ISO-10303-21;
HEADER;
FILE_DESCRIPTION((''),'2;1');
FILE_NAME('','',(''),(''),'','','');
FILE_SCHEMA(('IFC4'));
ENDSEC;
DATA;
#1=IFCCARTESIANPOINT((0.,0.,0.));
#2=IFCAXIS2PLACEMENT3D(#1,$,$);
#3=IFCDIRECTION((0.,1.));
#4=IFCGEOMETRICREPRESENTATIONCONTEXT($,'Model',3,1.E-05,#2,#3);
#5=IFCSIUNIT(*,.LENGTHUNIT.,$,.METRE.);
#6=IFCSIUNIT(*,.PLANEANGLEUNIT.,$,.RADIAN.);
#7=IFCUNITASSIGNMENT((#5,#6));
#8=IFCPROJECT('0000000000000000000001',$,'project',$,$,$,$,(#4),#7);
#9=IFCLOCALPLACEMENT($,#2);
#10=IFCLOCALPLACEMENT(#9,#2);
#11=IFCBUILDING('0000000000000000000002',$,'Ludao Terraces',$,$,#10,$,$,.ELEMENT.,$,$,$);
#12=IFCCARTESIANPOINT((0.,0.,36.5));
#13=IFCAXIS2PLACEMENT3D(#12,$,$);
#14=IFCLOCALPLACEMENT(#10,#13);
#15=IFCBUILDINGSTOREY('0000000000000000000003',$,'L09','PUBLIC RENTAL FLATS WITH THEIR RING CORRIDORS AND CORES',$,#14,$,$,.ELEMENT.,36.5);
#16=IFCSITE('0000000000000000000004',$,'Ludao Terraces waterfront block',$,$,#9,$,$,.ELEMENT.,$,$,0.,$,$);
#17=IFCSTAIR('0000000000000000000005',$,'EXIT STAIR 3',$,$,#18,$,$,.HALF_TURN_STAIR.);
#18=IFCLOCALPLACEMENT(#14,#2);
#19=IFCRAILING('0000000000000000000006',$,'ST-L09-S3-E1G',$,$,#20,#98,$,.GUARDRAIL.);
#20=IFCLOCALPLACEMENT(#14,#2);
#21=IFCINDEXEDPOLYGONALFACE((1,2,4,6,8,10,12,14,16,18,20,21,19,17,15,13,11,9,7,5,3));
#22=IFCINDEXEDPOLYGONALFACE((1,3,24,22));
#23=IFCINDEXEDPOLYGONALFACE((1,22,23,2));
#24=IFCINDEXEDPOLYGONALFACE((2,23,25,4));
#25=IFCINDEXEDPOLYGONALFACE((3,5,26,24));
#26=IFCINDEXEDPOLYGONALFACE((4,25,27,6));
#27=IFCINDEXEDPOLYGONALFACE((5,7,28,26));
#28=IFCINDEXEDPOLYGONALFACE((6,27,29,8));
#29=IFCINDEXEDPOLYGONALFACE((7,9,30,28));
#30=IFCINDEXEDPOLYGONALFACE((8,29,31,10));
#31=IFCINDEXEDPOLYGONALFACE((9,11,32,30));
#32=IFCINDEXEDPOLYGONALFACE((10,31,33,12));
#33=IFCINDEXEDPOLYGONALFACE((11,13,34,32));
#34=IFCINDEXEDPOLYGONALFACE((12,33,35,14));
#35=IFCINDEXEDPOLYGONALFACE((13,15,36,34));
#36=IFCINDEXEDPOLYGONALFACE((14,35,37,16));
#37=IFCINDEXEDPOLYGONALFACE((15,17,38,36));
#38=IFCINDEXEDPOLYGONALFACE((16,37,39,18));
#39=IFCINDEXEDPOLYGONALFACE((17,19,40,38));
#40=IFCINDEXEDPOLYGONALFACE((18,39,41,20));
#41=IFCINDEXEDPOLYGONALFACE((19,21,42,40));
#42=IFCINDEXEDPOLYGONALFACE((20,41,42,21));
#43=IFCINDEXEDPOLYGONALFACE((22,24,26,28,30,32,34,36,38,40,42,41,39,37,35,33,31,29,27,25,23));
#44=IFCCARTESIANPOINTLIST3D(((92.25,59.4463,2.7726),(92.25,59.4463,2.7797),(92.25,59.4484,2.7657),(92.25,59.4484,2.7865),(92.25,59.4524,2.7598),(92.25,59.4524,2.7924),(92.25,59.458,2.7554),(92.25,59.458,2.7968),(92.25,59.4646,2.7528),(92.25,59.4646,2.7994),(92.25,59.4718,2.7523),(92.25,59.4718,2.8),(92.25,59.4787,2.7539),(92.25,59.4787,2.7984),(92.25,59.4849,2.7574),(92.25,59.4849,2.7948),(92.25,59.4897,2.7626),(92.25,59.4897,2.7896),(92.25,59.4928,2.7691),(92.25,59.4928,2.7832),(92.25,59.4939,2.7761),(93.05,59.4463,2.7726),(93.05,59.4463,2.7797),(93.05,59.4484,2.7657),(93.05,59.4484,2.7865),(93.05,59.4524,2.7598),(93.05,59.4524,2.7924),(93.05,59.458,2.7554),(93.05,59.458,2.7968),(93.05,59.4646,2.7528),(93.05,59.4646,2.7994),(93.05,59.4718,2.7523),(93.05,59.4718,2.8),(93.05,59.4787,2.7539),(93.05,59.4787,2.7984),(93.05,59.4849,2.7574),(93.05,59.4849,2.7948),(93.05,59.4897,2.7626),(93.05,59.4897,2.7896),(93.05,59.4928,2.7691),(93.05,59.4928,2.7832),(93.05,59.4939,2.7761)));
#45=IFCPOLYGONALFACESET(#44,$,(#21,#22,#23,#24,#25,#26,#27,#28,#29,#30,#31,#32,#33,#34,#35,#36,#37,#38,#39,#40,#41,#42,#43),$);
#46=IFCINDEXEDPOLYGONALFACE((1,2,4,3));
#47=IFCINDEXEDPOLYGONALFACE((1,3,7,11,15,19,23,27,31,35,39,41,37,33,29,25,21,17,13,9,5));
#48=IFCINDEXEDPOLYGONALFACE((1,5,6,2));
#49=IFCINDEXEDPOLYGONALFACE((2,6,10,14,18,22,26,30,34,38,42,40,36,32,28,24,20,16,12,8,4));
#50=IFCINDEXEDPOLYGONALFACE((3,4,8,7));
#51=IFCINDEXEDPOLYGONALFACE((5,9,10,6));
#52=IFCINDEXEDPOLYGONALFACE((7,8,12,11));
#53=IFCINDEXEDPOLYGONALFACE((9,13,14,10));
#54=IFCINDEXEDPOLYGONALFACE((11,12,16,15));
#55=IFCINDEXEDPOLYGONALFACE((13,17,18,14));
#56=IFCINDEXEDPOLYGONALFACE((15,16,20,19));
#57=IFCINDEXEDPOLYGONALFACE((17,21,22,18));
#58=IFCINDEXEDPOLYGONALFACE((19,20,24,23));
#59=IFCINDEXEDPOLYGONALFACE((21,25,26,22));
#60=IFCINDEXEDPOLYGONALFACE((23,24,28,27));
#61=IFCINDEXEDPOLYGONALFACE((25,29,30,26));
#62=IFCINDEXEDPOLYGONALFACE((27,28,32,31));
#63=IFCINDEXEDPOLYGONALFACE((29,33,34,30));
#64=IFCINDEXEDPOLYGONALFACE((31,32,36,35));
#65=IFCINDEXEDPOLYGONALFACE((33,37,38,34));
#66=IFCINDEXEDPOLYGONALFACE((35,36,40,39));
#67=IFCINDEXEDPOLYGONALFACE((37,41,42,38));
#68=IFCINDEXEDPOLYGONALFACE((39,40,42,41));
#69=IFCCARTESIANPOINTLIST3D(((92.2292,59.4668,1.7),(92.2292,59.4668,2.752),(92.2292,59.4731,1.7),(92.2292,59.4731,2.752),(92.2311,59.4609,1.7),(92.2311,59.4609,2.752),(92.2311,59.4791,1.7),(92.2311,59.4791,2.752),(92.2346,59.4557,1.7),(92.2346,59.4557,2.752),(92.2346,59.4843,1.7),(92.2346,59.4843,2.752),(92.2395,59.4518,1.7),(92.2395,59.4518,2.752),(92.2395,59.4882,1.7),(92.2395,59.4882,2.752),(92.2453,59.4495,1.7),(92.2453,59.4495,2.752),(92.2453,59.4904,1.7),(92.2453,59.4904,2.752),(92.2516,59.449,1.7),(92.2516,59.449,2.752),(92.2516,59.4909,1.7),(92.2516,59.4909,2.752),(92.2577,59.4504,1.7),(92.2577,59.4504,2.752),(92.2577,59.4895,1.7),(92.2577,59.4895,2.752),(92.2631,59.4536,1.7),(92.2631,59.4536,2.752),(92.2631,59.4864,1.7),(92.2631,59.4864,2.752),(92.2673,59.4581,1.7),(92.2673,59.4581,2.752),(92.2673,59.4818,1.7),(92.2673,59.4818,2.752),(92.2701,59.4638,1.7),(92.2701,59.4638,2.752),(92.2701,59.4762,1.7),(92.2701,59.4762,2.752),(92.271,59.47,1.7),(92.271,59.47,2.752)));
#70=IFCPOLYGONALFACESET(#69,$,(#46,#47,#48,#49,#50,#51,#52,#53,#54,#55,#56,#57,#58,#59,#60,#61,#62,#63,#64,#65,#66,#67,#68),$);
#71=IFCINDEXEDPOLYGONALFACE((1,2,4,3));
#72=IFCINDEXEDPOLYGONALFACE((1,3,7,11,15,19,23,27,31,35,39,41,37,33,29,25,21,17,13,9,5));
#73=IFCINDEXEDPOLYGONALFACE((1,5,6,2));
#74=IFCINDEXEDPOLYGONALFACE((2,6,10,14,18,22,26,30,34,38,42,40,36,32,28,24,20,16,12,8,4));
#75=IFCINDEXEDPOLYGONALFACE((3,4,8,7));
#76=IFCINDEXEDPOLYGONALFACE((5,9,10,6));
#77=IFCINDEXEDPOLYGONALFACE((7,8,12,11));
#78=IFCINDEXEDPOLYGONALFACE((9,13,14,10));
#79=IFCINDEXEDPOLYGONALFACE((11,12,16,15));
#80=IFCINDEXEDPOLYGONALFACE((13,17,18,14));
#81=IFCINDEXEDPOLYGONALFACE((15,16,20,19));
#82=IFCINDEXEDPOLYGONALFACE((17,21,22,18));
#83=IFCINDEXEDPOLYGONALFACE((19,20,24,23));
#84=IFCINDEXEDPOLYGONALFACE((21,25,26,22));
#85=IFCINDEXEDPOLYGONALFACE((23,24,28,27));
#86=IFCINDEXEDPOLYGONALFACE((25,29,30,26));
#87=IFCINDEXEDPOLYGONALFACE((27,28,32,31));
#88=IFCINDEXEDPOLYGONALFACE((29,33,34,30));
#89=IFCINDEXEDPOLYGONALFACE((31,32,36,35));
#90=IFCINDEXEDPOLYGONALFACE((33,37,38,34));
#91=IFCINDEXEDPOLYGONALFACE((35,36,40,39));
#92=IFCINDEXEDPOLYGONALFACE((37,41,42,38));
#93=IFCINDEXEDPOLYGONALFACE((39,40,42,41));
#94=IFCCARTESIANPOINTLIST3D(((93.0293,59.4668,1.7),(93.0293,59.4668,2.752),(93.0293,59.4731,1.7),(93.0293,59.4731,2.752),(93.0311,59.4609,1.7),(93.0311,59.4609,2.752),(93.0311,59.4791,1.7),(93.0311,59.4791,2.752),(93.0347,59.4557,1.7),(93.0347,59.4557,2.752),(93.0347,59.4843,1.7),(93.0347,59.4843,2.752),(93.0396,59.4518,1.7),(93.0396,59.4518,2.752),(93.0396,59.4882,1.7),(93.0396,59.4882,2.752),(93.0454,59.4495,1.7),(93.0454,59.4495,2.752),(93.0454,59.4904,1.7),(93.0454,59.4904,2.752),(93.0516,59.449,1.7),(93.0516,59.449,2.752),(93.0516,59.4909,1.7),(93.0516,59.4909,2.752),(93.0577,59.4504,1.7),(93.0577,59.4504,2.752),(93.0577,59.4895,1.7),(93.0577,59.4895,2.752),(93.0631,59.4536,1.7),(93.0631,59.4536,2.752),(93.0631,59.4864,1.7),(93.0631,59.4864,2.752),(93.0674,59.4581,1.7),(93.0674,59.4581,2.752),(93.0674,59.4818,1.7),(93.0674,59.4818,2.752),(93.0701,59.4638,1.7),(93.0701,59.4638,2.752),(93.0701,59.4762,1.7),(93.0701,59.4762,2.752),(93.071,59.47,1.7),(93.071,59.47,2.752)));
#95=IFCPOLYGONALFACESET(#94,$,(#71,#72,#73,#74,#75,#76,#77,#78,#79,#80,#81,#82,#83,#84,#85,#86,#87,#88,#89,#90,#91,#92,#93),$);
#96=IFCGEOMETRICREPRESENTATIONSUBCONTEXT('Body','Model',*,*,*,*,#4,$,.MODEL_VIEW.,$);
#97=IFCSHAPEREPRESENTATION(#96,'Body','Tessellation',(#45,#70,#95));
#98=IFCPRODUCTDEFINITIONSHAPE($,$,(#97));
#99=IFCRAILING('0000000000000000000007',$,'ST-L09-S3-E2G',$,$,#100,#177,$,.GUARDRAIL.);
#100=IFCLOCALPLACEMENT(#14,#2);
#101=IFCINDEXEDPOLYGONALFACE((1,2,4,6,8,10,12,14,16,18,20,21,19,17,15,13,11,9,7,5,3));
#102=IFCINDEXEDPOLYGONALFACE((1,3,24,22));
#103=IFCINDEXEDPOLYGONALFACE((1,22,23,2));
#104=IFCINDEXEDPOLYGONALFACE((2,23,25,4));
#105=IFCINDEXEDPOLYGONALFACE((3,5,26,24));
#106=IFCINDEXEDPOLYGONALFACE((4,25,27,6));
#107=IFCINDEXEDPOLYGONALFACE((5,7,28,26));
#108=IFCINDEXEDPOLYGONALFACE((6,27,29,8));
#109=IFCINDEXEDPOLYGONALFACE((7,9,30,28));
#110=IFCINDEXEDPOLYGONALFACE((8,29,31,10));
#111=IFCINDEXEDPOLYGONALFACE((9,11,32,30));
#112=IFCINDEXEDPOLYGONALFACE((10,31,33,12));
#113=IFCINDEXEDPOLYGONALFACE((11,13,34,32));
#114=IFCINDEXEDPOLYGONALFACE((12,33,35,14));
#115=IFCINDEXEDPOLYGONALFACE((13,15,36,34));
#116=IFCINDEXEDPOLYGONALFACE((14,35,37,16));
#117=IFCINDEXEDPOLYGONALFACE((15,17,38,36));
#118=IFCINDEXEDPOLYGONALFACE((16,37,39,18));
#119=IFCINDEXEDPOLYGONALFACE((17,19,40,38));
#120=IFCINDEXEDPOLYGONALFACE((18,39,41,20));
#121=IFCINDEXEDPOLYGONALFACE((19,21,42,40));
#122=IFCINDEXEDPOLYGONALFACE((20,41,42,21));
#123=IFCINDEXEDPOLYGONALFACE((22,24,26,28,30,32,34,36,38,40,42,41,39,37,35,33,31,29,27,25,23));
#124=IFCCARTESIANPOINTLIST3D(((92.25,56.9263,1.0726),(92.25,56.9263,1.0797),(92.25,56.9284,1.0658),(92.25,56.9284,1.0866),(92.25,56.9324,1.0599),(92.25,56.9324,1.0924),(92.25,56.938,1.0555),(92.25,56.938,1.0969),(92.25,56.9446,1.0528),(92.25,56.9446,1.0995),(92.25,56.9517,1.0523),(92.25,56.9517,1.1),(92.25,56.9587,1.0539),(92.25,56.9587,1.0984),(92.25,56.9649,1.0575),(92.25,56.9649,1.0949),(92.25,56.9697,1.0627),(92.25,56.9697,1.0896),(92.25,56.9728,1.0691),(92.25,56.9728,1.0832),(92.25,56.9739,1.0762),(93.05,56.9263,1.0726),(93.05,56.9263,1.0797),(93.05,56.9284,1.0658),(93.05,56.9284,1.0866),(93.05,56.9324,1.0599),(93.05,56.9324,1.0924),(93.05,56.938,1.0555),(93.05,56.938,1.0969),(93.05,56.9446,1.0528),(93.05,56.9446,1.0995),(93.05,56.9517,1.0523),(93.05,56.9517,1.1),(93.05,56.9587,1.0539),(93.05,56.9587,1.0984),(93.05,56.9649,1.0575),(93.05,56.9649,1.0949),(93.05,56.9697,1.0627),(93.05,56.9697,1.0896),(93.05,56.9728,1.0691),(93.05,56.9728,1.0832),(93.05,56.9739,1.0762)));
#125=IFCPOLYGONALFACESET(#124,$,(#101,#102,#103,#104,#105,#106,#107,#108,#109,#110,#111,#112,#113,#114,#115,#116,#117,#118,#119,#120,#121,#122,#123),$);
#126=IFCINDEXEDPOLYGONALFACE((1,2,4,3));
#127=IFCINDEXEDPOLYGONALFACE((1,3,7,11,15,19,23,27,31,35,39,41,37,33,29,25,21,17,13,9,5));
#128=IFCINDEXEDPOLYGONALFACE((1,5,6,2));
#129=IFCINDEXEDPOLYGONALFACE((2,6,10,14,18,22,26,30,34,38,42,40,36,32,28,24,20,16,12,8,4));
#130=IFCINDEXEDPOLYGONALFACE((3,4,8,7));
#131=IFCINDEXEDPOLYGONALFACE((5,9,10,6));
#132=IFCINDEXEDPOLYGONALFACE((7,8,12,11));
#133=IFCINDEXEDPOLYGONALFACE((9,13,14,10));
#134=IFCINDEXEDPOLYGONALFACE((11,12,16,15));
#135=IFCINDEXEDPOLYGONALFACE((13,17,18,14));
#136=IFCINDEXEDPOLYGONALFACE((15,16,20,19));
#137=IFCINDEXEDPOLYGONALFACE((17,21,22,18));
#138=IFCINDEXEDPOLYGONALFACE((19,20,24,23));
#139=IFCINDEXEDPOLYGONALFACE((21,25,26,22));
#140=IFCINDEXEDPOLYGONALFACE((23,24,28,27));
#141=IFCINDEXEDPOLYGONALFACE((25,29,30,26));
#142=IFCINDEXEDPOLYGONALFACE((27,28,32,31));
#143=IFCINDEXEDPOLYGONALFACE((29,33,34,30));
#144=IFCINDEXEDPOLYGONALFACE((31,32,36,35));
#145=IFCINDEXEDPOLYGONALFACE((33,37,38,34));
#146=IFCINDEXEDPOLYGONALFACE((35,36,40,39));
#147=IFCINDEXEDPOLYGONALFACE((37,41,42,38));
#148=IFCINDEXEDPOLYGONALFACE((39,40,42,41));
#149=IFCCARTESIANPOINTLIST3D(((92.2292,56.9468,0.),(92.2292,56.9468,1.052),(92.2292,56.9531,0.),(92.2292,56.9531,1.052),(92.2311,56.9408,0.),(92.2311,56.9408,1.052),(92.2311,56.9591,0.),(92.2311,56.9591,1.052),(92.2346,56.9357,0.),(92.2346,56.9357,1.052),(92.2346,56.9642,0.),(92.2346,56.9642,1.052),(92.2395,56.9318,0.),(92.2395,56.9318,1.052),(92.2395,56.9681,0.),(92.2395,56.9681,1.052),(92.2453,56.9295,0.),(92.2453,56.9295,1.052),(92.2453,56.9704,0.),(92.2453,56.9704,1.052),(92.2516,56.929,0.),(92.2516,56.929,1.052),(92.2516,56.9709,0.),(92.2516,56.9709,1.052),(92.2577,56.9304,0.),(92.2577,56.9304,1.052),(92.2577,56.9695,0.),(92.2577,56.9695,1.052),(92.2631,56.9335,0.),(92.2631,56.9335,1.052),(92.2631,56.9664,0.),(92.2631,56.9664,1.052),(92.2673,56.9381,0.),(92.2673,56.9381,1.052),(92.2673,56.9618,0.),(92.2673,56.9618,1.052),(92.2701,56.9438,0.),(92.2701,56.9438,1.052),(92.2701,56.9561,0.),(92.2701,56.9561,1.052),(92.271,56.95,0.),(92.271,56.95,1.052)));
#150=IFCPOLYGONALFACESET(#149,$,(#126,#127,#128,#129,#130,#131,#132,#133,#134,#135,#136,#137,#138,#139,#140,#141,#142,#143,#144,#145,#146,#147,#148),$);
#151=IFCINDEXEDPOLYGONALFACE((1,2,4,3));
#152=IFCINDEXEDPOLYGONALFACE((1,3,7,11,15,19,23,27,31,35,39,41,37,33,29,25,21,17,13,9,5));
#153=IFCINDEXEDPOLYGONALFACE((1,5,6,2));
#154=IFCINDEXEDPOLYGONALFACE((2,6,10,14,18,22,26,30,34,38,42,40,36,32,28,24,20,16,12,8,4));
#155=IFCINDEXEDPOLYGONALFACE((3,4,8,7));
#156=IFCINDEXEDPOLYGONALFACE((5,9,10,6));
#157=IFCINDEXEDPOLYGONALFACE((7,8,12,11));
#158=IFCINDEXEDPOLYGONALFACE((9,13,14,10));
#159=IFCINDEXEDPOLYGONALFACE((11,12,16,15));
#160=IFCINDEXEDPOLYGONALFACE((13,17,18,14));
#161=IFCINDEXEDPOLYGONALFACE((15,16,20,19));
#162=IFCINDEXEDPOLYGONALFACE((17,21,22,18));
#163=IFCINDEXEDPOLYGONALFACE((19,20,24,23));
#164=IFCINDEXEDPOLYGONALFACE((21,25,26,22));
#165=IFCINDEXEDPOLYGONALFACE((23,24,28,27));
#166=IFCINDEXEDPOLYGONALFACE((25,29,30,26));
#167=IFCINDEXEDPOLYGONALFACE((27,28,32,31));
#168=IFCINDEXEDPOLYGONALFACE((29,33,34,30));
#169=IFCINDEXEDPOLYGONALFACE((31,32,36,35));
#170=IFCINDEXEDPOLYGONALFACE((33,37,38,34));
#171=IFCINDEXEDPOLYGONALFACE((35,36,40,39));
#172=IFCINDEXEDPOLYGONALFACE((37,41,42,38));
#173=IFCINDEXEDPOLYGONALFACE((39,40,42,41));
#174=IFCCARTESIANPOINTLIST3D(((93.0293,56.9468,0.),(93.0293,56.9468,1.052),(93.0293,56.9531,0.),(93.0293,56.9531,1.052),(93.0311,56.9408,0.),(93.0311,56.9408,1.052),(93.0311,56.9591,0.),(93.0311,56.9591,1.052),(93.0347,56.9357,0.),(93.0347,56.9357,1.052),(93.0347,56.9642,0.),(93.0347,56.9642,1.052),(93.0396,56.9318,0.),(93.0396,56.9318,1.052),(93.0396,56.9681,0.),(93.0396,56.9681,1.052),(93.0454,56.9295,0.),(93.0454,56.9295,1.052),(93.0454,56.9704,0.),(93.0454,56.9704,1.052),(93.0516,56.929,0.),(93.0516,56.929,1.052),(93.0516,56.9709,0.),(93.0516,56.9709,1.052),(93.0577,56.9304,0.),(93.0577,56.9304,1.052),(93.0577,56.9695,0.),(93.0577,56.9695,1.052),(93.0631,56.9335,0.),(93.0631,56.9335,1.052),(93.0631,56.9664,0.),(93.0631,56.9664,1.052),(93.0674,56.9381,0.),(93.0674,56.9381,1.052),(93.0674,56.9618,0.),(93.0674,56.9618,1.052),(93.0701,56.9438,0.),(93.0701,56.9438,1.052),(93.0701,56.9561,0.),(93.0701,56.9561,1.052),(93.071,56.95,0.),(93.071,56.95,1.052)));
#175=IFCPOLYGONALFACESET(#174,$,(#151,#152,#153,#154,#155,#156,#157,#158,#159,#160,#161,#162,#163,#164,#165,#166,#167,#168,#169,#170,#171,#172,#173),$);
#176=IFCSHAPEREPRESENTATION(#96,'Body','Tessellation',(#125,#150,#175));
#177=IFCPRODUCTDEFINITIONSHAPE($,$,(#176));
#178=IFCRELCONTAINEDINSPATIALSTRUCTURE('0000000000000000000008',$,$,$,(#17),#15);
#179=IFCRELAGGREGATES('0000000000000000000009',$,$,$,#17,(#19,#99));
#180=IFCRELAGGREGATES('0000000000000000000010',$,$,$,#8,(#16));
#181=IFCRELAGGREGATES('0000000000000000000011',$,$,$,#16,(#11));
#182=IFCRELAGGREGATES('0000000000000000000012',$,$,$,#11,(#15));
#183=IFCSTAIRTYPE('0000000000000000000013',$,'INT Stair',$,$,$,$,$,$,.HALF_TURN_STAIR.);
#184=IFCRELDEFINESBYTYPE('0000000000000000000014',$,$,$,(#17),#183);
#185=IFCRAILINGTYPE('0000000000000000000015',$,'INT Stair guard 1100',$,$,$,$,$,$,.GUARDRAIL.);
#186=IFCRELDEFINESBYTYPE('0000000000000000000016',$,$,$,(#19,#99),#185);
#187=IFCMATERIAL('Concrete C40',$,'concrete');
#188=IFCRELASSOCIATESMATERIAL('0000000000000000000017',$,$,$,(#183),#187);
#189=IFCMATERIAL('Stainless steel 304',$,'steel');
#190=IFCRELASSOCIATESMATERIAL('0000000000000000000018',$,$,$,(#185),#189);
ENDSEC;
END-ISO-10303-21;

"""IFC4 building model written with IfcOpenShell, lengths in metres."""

from ifc_helpers import new_model, si_unit, direction, frame, origin, origin_2d, place, context, subcontext, project, spatial, circle, extrude, material, type_object, element, aggregate, save


model = new_model("IFC4")

# Units and contexts
model_context = context("Model", 3, precision=1e-05, world=origin(), true_north=direction((0.0, 1.0)))
body_context = subcontext(model_context, "Body", "Model", "MODEL_VIEW")
ifc_project = project(units=[si_unit("LENGTHUNIT", "METRE"), si_unit("PLANEANGLEUNIT", "RADIAN")], contexts=[model_context])

# Site, building, storey
site_placement = place(None, origin())
site = spatial("IfcSite", under=ifc_project, at=site_placement, Name="Ludao Terraces waterfront block", CompositionType="ELEMENT", RefElevation=0.0)
building_placement = place(site_placement, origin())
building = spatial("IfcBuilding", under=site, at=building_placement, Name="Ludao Terraces", CompositionType="ELEMENT")
storey_placement = place(building_placement, frame((0.0, 0.0, 36.5)))
storey = spatial("IfcBuildingStorey", under=building, at=storey_placement, Name="L09", Description="PUBLIC RENTAL FLATS WITH THEIR RING CORRIDORS AND CORES", CompositionType="ELEMENT", Elevation=36.5)

# Stair, railings
ifc_material_1 = material(Name="Concrete C40", Category="concrete")
stair_type = type_object("IfcStairType", Name="INT Stair", PredefinedType="HALF_TURN_STAIR", material=ifc_material_1)
stair_placement = place(storey_placement, origin())
stair = element("IfcStair", 1, at=stair_placement, inside=storey, type_object=stair_type, Name="EXIT STAIR 3", PredefinedType="HALF_TURN_STAIR")
ifc_material_2 = material(Name="Stainless steel 304", Category="steel")
railing_type_1 = type_object("IfcRailingType", Name="INT Stair guard 1100", PredefinedType="GUARDRAIL", material=ifc_material_2)
railing_1_placement = place(storey_placement, frame((92.25, 59.47, 1.7)))
railing_1 = element("IfcRailing", 2, at=railing_1_placement, type_object=railing_type_1, Name="ST-L09-S3-E1G", PredefinedType="GUARDRAIL", context=body_context, shape_type="SweptSolid", body=[
    extrude(circle(Radius=0.0239, at=origin_2d()), frame((0.0, 0.0, 1.0762), z_axis=(1.0, 0.0, 0.0), x_axis=(0.0, 1.0, 0.0)), (0.0, 0.0, 1.0), 0.8),
    extrude(circle(Radius=0.021, at=origin_2d()), origin(), (0.0, 0.0, 1.0), 1.052),
    extrude(circle(Radius=0.021, at=origin_2d()), frame((0.8, 0.0, 0.0)), (0.0, 0.0, 1.0), 1.052),
])
railing_2_placement = place(storey_placement, frame((92.25, 56.95, 0.0)))
railing_2 = element("IfcRailing", 3, at=railing_2_placement, type_object=railing_type_1, Name="ST-L09-S3-E2G", PredefinedType="GUARDRAIL", context=body_context, shape_type="SweptSolid", body=[
    extrude(circle(Radius=0.0239, at=origin_2d()), frame((0.0, 0.0, 1.0762), z_axis=(1.0, 0.0, 0.0), x_axis=(0.0, 1.0, 0.0)), (0.0, 0.0, 1.0), 0.8),
    extrude(circle(Radius=0.021, at=origin_2d()), origin(), (0.0, 0.0, 1.0), 1.052),
    extrude(circle(Radius=0.021, at=origin_2d()), frame((0.8, 0.0, 0.0)), (0.0, 0.0, 1.0), 1.052),
])
aggregate(stair, [railing_1, railing_2])

save(model, "model.ifc")
